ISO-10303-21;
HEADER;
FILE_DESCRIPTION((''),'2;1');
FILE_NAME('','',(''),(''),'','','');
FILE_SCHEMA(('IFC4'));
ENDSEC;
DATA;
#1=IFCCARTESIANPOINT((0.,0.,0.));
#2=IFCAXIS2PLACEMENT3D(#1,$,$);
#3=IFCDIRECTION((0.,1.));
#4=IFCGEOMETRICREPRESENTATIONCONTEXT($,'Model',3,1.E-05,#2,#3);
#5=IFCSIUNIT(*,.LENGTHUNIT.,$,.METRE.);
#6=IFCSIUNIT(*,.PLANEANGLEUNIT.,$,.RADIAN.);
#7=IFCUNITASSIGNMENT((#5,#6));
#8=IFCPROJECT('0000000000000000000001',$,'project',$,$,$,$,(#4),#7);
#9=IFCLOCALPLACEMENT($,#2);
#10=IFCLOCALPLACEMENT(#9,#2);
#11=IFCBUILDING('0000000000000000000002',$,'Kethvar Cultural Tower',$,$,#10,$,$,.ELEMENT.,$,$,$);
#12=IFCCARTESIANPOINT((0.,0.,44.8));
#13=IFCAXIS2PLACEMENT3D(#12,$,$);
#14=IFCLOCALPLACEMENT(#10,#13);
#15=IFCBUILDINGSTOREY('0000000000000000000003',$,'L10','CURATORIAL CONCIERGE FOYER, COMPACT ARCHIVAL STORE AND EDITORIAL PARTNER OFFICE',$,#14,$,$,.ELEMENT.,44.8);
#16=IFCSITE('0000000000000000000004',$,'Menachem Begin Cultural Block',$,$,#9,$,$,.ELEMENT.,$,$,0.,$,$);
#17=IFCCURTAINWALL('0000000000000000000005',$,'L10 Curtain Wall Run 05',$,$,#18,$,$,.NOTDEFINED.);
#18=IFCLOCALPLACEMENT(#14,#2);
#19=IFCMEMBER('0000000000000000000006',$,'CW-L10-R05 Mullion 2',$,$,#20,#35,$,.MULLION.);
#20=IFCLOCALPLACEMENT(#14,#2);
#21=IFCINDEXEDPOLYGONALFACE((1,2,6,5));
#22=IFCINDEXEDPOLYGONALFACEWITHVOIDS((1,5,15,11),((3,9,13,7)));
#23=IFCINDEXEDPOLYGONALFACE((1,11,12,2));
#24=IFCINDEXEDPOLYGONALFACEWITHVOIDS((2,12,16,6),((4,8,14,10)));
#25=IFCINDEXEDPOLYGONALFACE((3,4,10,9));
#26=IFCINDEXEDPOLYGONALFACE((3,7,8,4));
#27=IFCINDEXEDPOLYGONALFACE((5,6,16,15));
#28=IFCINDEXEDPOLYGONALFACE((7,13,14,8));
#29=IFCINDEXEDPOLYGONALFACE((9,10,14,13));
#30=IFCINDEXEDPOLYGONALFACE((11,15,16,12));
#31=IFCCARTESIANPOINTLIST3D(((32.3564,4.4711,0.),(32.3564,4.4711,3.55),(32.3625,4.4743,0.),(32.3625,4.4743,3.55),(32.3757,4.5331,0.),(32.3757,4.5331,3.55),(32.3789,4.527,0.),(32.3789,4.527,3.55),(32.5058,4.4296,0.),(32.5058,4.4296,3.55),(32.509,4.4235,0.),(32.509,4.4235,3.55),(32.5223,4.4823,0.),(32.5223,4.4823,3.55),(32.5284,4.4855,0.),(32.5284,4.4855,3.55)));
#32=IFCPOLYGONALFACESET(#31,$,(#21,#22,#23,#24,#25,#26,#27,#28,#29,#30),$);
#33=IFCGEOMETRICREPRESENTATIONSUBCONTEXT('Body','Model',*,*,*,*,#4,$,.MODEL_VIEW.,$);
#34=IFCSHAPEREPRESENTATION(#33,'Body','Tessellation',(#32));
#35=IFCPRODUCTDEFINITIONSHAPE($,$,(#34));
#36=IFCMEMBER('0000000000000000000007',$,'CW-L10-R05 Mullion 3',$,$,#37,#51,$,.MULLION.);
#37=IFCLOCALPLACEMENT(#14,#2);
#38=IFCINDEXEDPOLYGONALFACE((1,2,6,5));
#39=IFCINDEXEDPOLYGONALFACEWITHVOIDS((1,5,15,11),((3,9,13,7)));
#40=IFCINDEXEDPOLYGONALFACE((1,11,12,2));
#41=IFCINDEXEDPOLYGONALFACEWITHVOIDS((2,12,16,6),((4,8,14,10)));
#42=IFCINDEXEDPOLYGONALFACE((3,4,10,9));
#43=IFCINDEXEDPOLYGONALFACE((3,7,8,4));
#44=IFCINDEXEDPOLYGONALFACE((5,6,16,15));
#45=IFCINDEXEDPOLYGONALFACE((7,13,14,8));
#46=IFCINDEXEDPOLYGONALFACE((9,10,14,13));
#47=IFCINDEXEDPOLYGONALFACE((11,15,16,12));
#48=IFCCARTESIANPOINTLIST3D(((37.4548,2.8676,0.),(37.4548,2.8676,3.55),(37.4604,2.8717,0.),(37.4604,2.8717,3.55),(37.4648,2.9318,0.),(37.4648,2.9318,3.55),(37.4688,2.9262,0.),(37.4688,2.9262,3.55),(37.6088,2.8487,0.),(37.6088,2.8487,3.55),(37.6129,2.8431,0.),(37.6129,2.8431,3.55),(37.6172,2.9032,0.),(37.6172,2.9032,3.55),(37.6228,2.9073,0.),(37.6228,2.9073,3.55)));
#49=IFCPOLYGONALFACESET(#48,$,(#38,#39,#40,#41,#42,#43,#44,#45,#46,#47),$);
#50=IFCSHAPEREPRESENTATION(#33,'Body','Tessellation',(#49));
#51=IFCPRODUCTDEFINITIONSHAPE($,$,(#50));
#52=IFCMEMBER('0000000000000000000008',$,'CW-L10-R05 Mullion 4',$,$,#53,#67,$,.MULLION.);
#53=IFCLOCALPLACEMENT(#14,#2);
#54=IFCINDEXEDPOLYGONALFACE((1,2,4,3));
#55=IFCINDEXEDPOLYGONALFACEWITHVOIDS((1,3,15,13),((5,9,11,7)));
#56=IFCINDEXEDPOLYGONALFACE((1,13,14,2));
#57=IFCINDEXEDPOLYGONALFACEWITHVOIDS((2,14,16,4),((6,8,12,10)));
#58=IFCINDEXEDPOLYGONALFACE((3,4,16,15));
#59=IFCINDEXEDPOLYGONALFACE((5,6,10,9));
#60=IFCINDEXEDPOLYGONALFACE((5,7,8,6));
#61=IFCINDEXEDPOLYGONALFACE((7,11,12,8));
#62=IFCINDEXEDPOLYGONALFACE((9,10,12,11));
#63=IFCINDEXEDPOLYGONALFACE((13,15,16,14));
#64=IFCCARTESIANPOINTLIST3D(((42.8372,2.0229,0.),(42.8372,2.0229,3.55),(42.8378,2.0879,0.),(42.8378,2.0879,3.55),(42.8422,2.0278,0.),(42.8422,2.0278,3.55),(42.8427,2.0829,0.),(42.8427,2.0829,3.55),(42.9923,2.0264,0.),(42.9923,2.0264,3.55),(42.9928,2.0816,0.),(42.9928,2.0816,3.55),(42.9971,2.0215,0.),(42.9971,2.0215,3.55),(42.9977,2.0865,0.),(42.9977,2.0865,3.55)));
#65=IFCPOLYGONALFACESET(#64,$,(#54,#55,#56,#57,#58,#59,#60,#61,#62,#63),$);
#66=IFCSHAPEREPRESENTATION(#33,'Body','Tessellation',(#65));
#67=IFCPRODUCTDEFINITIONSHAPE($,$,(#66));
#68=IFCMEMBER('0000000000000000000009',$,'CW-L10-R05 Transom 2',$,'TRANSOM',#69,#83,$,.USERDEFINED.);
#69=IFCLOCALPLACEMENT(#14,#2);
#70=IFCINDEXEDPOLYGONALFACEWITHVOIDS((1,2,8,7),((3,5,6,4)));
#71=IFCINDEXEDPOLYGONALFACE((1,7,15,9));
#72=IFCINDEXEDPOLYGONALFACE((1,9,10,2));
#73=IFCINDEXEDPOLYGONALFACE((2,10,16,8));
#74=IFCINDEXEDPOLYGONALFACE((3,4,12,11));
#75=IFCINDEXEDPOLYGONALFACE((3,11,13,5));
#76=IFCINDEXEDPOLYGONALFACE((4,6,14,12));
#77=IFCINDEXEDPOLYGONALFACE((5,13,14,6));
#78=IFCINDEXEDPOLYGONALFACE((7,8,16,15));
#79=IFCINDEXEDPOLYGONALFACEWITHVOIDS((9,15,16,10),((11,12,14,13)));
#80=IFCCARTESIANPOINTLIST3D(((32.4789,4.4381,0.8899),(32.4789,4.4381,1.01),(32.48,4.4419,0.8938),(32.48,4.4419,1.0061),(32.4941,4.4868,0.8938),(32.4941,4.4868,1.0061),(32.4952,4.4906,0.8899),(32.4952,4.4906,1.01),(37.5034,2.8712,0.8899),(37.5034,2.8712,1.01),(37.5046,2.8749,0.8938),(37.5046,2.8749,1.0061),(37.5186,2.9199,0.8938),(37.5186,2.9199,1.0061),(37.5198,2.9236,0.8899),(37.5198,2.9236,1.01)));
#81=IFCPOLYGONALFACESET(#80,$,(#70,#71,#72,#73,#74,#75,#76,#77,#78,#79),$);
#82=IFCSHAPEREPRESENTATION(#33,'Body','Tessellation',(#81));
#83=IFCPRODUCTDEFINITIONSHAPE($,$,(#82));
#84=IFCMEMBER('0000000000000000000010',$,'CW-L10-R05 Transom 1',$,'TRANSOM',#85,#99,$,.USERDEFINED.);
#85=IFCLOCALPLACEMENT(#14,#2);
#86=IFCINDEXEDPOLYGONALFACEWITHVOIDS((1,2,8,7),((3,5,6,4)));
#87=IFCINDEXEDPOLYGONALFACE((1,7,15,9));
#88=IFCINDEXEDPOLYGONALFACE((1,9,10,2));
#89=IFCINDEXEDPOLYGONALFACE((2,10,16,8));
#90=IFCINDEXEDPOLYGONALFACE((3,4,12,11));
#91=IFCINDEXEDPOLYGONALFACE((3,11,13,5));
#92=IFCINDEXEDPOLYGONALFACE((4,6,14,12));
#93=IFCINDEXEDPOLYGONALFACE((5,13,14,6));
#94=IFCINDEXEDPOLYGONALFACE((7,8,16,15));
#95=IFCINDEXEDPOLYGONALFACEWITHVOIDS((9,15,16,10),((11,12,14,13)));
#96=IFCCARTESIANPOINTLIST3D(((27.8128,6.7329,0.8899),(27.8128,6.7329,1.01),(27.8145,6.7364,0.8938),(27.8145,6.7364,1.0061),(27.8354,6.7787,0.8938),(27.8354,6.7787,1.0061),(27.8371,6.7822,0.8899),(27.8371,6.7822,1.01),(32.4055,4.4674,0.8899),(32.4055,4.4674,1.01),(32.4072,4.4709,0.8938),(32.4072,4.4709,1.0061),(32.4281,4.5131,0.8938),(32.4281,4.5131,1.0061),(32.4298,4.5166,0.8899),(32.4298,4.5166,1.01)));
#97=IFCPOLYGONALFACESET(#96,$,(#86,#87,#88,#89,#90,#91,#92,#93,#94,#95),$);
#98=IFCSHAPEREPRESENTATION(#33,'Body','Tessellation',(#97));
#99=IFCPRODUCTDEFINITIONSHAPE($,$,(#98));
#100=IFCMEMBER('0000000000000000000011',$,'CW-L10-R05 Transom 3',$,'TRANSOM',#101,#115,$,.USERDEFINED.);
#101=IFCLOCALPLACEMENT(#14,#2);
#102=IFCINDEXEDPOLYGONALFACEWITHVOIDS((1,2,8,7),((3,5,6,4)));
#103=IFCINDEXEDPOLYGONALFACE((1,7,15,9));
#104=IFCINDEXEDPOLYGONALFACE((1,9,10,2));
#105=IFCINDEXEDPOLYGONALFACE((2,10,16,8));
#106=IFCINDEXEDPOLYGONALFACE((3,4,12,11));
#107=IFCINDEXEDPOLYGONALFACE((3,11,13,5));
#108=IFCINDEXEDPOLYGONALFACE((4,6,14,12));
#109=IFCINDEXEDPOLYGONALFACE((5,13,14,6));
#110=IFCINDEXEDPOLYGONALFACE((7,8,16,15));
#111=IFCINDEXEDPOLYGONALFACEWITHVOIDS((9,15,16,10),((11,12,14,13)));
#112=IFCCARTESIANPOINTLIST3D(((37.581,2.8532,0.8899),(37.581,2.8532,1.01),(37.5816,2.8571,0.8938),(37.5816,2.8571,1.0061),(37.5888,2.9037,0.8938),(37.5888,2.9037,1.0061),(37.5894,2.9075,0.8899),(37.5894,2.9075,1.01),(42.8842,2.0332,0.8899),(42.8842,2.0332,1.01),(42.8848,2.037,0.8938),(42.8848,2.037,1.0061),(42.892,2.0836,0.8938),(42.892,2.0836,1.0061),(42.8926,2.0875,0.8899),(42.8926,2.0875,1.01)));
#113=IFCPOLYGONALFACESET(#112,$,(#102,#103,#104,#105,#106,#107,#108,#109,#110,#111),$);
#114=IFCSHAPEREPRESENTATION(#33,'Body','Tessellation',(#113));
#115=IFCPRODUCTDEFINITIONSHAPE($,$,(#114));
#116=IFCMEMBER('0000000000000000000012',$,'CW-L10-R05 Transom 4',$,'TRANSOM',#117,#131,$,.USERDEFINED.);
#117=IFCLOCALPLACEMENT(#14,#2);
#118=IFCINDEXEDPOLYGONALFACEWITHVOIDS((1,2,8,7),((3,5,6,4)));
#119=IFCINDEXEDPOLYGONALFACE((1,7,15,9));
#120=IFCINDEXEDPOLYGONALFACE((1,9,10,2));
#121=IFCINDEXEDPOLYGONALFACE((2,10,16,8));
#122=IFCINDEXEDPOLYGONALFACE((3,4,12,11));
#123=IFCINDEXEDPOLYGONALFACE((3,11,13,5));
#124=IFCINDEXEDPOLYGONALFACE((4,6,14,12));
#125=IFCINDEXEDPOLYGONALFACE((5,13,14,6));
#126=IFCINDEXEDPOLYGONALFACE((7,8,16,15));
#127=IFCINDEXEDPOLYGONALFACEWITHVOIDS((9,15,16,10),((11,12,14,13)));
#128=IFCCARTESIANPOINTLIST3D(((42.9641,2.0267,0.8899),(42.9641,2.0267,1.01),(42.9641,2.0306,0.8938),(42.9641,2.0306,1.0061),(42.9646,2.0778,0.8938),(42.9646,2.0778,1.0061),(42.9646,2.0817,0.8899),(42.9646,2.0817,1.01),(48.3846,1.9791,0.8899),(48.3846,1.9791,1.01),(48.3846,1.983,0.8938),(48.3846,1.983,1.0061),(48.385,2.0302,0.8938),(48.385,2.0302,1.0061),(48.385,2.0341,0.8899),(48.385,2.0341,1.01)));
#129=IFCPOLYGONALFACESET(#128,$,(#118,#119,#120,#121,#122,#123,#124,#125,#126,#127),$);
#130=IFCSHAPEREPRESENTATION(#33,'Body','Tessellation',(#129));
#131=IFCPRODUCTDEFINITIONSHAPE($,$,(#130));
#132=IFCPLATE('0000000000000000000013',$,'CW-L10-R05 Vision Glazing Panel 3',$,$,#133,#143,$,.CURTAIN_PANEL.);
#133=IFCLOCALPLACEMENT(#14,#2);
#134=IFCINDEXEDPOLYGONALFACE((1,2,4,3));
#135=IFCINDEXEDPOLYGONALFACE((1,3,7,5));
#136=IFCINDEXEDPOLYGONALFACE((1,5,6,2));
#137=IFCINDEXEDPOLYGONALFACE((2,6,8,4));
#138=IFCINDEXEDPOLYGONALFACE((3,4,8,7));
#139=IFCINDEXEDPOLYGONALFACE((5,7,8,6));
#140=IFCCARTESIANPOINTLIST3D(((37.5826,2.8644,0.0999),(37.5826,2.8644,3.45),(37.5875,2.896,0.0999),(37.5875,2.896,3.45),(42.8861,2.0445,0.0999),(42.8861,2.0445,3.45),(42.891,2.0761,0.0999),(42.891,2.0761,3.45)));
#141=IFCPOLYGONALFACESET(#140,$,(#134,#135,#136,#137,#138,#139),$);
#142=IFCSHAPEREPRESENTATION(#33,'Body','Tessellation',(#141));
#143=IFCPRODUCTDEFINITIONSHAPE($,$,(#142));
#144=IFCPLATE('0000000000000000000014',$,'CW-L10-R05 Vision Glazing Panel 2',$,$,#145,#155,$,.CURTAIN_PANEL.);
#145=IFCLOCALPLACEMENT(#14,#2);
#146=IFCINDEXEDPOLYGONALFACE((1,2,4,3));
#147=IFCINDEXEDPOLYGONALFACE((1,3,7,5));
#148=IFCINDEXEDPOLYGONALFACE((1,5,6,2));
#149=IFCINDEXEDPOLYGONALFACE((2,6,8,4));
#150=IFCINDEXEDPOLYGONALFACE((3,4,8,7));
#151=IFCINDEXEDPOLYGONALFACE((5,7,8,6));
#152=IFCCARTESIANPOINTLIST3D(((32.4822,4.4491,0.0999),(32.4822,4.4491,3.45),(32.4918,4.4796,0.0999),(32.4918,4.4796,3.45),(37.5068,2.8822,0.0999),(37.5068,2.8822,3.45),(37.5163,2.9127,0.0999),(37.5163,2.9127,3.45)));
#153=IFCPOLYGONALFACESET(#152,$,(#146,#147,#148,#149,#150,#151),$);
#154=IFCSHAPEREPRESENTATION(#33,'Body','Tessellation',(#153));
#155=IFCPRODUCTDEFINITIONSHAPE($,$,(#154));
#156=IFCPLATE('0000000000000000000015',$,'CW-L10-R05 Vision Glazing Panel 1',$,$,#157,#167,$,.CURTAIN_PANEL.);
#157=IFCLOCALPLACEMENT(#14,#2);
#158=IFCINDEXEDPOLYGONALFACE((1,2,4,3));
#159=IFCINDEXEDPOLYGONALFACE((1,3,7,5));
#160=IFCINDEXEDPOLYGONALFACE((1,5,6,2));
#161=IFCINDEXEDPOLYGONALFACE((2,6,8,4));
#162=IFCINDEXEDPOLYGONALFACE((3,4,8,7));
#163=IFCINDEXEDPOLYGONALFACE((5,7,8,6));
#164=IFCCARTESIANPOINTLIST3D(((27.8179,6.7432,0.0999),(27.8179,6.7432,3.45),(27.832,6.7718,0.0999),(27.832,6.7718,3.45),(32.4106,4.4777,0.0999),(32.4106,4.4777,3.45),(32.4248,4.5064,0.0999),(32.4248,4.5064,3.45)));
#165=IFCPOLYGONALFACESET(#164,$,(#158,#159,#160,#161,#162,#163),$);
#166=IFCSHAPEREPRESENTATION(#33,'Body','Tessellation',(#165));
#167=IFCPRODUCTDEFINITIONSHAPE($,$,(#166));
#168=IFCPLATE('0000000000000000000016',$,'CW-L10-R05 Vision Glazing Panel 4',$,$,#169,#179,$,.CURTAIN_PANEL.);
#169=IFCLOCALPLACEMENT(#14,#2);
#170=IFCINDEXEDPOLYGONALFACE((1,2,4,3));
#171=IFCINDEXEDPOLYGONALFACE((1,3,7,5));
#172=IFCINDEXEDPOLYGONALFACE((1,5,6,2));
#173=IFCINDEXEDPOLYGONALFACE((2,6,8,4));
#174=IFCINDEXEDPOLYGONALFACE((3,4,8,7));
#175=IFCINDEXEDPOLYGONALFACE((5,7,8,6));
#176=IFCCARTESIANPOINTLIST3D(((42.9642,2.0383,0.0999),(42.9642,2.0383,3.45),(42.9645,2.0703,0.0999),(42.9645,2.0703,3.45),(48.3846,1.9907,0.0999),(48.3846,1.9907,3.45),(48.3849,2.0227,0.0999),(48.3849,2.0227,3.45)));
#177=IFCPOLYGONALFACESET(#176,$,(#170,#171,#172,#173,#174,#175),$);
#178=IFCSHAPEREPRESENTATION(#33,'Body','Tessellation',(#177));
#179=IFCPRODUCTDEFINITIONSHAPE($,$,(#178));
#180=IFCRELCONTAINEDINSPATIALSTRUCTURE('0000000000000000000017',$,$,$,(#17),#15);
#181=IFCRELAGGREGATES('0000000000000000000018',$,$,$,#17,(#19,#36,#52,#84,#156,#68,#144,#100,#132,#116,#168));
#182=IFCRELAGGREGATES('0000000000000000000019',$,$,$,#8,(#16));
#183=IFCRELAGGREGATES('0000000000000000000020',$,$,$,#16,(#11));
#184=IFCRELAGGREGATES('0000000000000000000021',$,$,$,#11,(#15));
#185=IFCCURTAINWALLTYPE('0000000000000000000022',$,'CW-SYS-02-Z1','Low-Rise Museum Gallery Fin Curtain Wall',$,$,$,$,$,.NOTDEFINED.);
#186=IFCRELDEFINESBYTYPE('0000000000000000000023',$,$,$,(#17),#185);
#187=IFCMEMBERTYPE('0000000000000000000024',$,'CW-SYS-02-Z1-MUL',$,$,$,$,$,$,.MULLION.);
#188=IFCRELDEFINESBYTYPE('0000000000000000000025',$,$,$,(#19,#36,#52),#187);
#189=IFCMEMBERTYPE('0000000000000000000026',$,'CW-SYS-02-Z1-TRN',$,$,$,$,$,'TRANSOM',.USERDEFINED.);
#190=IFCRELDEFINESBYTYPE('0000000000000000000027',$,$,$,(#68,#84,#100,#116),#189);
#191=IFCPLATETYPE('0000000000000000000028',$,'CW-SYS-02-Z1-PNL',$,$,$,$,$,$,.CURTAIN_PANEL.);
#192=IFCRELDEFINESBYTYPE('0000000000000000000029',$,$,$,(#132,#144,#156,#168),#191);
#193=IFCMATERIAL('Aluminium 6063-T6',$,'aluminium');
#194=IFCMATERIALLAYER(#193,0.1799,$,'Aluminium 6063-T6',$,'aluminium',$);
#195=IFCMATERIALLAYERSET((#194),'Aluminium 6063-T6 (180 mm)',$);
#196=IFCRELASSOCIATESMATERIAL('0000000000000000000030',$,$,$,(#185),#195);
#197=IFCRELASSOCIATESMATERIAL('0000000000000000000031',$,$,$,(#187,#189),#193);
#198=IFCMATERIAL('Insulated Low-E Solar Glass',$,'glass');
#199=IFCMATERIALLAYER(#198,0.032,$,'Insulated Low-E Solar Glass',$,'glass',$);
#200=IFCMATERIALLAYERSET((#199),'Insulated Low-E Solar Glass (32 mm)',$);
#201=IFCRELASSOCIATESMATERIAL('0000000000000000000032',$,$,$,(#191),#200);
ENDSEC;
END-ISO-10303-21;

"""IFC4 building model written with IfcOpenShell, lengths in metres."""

from ifc_helpers import new_model, si_unit, direction, frame, origin, origin_2d, place, context, subcontext, project, spatial, rectangle, hollow_rectangle, extrude, source, transform, mapped, material, layer, layer_set, material_profile, profile_set, type_object, element, aggregate, save


model = new_model("IFC4")

# Units and contexts
model_context = context("Model", 3, precision=1e-05, world=origin(), true_north=direction((0.0, 1.0)))
body_context = subcontext(model_context, "Body", "Model", "MODEL_VIEW")
ifc_project = project(units=[si_unit("LENGTHUNIT", "METRE"), si_unit("PLANEANGLEUNIT", "RADIAN")], contexts=[model_context])

# Site, building, storey
site_placement = place(None, origin())
site = spatial("IfcSite", under=ifc_project, at=site_placement, Name="Menachem Begin Cultural Block", CompositionType="ELEMENT", RefElevation=0.0)
building_placement = place(site_placement, origin())
building = spatial("IfcBuilding", under=site, at=building_placement, Name="Kethvar Cultural Tower", CompositionType="ELEMENT")
storey_placement = place(building_placement, frame((0.0, 0.0, 44.8)))
storey = spatial("IfcBuildingStorey", under=building, at=storey_placement, Name="L10", Description="CURATORIAL CONCIERGE FOYER, COMPACT ARCHIVAL STORE AND EDITORIAL PARTNER OFFICE", CompositionType="ELEMENT", Elevation=44.8)

# Shared definitions
ifc_material_1 = material(Name="Aluminium 6063-T6", Category="aluminium")
ifc_layer_1 = layer(ifc_material_1, 0.1799, Name="Aluminium 6063-T6", Category="aluminium")
ifc_layer_set_1 = layer_set([ifc_layer_1], Name="Aluminium 6063-T6 (180 mm)")
curtain_wall_type = type_object("IfcCurtainWallType", Name="CW-SYS-02-Z1", Description="Low-Rise Museum Gallery Fin Curtain Wall", PredefinedType="NOTDEFINED", material=ifc_layer_set_1)
ifc_material_profile_1 = material_profile(ifc_material_1, hollow_rectangle(XDim=0.0649, YDim=0.1599, WallThickness=0.0049, at=origin_2d()), Name="Aluminium 6063-T6 — RHS160x65x5")
ifc_profile_set_1 = profile_set([ifc_material_profile_1], Name="Aluminium 6063-T6 — RHS160x65x5")
member_type_1 = type_object("IfcMemberType", Name="CW-SYS-02-Z1-MUL", PredefinedType="MULLION", material=ifc_profile_set_1)
shared_shape_1 = source(origin(), body_context, "Body", "SweptSolid", [
    extrude(hollow_rectangle(XDim=0.0649, YDim=0.1599, WallThickness=0.0049, at=origin_2d()), origin(), (0.0, 0.0, 1.0), 3.55),
])

# Curtain wall, members, plates
curtain_wall_1_placement = place(storey_placement, origin())
curtain_wall_1 = element("IfcCurtainWall", 1, at=curtain_wall_1_placement, inside=storey, type_object=curtain_wall_type, Name="L10 Curtain Wall Run 05", PredefinedType="NOTDEFINED")
member_1_placement = place(storey_placement, frame((32.4424, 4.4783, 0.0), z_axis=(0.0, 0.0, 1.0), x_axis=(0.297708, 0.954657, 0.0)))
member_1 = element("IfcMember", 2, at=member_1_placement, type_object=member_type_1, Name="CW-L10-R05 Mullion 2", PredefinedType="MULLION", context=body_context, shape_type="MappedRepresentation", body=[
    mapped(shared_shape_1, transform((0.0, 0.0, 0.0), scale=1.0)),
])
member_2_placement = place(storey_placement, frame((37.5388, 2.8875, 0.0), z_axis=(0.0, 0.0, 1.0), x_axis=(0.152779, 0.98826, 0.0)))
member_2 = element("IfcMember", 3, at=member_2_placement, type_object=member_type_1, Name="CW-L10-R05 Mullion 3", PredefinedType="MULLION", context=body_context, shape_type="MappedRepresentation", body=[
    mapped(shared_shape_1, transform((0.0, 0.0, 0.0), scale=1.0)),
])
member_3_placement = place(storey_placement, frame((42.9175, 2.0547, 0.0), z_axis=(0.0, 0.0, 1.0), x_axis=(0.008779, 0.999961, 0.0)))
member_3 = element("IfcMember", 4, at=member_3_placement, type_object=member_type_1, Name="CW-L10-R05 Mullion 4", PredefinedType="MULLION", context=body_context, shape_type="MappedRepresentation", body=[
    mapped(shared_shape_1, transform((0.0, 0.0, 0.0), scale=1.0)),
])
ifc_material_profile_2 = material_profile(ifc_material_1, hollow_rectangle(XDim=0.0549, YDim=0.1201, WallThickness=0.0039, at=origin_2d()), Name="Aluminium 6063-T6 — RHS120x55x4")
ifc_profile_set_2 = profile_set([ifc_material_profile_2], Name="Aluminium 6063-T6 — RHS120x55x4")
member_type_2 = type_object("IfcMemberType", Name="CW-SYS-02-Z1-TRN", ElementType="TRANSOM", PredefinedType="USERDEFINED", material=ifc_profile_set_2)
shared_shape_2 = source(origin(), body_context, "Body", "SweptSolid", [
    extrude(hollow_rectangle(XDim=0.0549, YDim=0.1201, WallThickness=0.0039, at=origin_2d()), origin(), (0.0, 0.0, 1.0), 5.2632),
])
member_4_placement = place(storey_placement, frame((32.4871, 4.4644, 0.95), z_axis=(0.954655, -0.297715, 0.0), x_axis=(0.297715, 0.954655, 0.0)))
member_4 = element("IfcMember", 5, at=member_4_placement, type_object=member_type_2, Name="CW-L10-R05 Transom 2", ObjectType="TRANSOM", PredefinedType="USERDEFINED", context=body_context, shape_type="MappedRepresentation", body=[
    mapped(shared_shape_2, transform((0.0, 0.0, 0.0), scale=1.0)),
])
shared_shape_3 = source(origin(), body_context, "Body", "SweptSolid", [
    extrude(hollow_rectangle(XDim=0.0549, YDim=0.1201, WallThickness=0.0039, at=origin_2d()), origin(), (0.0, 0.0, 1.0), 5.1211),
])
member_5_placement = place(storey_placement, frame((27.825, 6.7576, 0.95), z_axis=(0.896817, -0.442402, 0.0), x_axis=(0.442402, 0.896817, 0.0)))
member_5 = element("IfcMember", 6, at=member_5_placement, type_object=member_type_2, Name="CW-L10-R05 Transom 1", ObjectType="TRANSOM", PredefinedType="USERDEFINED", context=body_context, shape_type="MappedRepresentation", body=[
    mapped(shared_shape_3, transform((0.0, 0.0, 0.0), scale=1.0)),
])
shared_shape_4 = source(origin(), body_context, "Body", "SweptSolid", [
    extrude(hollow_rectangle(XDim=0.0549, YDim=0.1201, WallThickness=0.0039, at=origin_2d()), origin(), (0.0, 0.0, 1.0), 5.3662),
])
member_6_placement = place(storey_placement, frame((37.5852, 2.8804, 0.95), z_axis=(0.988254, -0.15282, 0.0), x_axis=(0.15282, 0.988254, 0.0)))
member_6 = element("IfcMember", 7, at=member_6_placement, type_object=member_type_2, Name="CW-L10-R05 Transom 3", ObjectType="TRANSOM", PredefinedType="USERDEFINED", context=body_context, shape_type="MappedRepresentation", body=[
    mapped(shared_shape_4, transform((0.0, 0.0, 0.0), scale=1.0)),
])
shared_shape_5 = source(origin(), body_context, "Body", "SweptSolid", [
    extrude(hollow_rectangle(XDim=0.0549, YDim=0.1201, WallThickness=0.0039, at=origin_2d()), origin(), (0.0, 0.0, 1.0), 5.4207),
])
member_7_placement = place(storey_placement, frame((42.9644, 2.0542, 0.95), z_axis=(0.999961, -0.008783, 0.0), x_axis=(0.008783, 0.999961, 0.0)))
member_7 = element("IfcMember", 8, at=member_7_placement, type_object=member_type_2, Name="CW-L10-R05 Transom 4", ObjectType="TRANSOM", PredefinedType="USERDEFINED", context=body_context, shape_type="MappedRepresentation", body=[
    mapped(shared_shape_5, transform((0.0, 0.0, 0.0), scale=1.0)),
])
ifc_material_2 = material(Name="Insulated Low-E Solar Glass", Category="glass")
ifc_layer_2 = layer(ifc_material_2, 0.032, Name="Insulated Low-E Solar Glass", Category="glass")
ifc_layer_set_2 = layer_set([ifc_layer_2], Name="Insulated Low-E Solar Glass (32 mm)")
plate_type = type_object("IfcPlateType", Name="CW-SYS-02-Z1-PNL", PredefinedType="CURTAIN_PANEL", material=ifc_layer_set_2)
shared_shape_6 = source(origin(), body_context, "Body", "SweptSolid", [
    extrude(rectangle(XDim=5.3665, YDim=0.032, at=origin_2d()), origin(), (0.0, 0.0, 1.0), 3.3501),
])
plate_1_placement = place(storey_placement, frame((40.2368, 2.4702, 0.0999), z_axis=(0.0, 0.0, 1.0), x_axis=(0.98826, -0.152779, 0.0)))
plate_1 = element("IfcPlate", 9, at=plate_1_placement, type_object=plate_type, Name="CW-L10-R05 Vision Glazing Panel 3", PredefinedType="CURTAIN_PANEL", context=body_context, shape_type="MappedRepresentation", body=[
    mapped(shared_shape_6, transform((0.0, 0.0, 0.0), scale=1.0)),
])
shared_shape_7 = source(origin(), body_context, "Body", "SweptSolid", [
    extrude(rectangle(XDim=5.2632, YDim=0.032, at=origin_2d()), origin(), (0.0, 0.0, 1.0), 3.3501),
])
plate_2_placement = place(storey_placement, frame((34.9993, 3.6809, 0.0999), z_axis=(0.0, 0.0, 1.0), x_axis=(0.954657, -0.297708, 0.0)))
plate_2 = element("IfcPlate", 10, at=plate_2_placement, type_object=plate_type, Name="CW-L10-R05 Vision Glazing Panel 2", PredefinedType="CURTAIN_PANEL", context=body_context, shape_type="MappedRepresentation", body=[
    mapped(shared_shape_7, transform((0.0, 0.0, 0.0), scale=1.0)),
])
shared_shape_8 = source(origin(), body_context, "Body", "SweptSolid", [
    extrude(rectangle(XDim=5.1211, YDim=0.032, at=origin_2d()), origin(), (0.0, 0.0, 1.0), 3.3501),
])
plate_3_placement = place(storey_placement, frame((30.1213, 5.6248, 0.0999), z_axis=(0.0, 0.0, 1.0), x_axis=(0.896826, -0.442383, 0.0)))
plate_3 = element("IfcPlate", 11, at=plate_3_placement, type_object=plate_type, Name="CW-L10-R05 Vision Glazing Panel 1", PredefinedType="CURTAIN_PANEL", context=body_context, shape_type="MappedRepresentation", body=[
    mapped(shared_shape_8, transform((0.0, 0.0, 0.0), scale=1.0)),
])
shared_shape_9 = source(origin(), body_context, "Body", "SweptSolid", [
    extrude(rectangle(XDim=5.4207, YDim=0.032, at=origin_2d()), origin(), (0.0, 0.0, 1.0), 3.3501),
])
plate_4_placement = place(storey_placement, frame((45.6746, 2.0305, 0.0999), z_axis=(0.0, 0.0, 1.0), x_axis=(0.999961, -0.008779, 0.0)))
plate_4 = element("IfcPlate", 12, at=plate_4_placement, type_object=plate_type, Name="CW-L10-R05 Vision Glazing Panel 4", PredefinedType="CURTAIN_PANEL", context=body_context, shape_type="MappedRepresentation", body=[
    mapped(shared_shape_9, transform((0.0, 0.0, 0.0), scale=1.0)),
])
aggregate(curtain_wall_1, [member_1, member_2, member_3, member_5, plate_3, member_4, plate_2, member_6, plate_1, member_7, plate_4])

save(model, "model.ifc")
